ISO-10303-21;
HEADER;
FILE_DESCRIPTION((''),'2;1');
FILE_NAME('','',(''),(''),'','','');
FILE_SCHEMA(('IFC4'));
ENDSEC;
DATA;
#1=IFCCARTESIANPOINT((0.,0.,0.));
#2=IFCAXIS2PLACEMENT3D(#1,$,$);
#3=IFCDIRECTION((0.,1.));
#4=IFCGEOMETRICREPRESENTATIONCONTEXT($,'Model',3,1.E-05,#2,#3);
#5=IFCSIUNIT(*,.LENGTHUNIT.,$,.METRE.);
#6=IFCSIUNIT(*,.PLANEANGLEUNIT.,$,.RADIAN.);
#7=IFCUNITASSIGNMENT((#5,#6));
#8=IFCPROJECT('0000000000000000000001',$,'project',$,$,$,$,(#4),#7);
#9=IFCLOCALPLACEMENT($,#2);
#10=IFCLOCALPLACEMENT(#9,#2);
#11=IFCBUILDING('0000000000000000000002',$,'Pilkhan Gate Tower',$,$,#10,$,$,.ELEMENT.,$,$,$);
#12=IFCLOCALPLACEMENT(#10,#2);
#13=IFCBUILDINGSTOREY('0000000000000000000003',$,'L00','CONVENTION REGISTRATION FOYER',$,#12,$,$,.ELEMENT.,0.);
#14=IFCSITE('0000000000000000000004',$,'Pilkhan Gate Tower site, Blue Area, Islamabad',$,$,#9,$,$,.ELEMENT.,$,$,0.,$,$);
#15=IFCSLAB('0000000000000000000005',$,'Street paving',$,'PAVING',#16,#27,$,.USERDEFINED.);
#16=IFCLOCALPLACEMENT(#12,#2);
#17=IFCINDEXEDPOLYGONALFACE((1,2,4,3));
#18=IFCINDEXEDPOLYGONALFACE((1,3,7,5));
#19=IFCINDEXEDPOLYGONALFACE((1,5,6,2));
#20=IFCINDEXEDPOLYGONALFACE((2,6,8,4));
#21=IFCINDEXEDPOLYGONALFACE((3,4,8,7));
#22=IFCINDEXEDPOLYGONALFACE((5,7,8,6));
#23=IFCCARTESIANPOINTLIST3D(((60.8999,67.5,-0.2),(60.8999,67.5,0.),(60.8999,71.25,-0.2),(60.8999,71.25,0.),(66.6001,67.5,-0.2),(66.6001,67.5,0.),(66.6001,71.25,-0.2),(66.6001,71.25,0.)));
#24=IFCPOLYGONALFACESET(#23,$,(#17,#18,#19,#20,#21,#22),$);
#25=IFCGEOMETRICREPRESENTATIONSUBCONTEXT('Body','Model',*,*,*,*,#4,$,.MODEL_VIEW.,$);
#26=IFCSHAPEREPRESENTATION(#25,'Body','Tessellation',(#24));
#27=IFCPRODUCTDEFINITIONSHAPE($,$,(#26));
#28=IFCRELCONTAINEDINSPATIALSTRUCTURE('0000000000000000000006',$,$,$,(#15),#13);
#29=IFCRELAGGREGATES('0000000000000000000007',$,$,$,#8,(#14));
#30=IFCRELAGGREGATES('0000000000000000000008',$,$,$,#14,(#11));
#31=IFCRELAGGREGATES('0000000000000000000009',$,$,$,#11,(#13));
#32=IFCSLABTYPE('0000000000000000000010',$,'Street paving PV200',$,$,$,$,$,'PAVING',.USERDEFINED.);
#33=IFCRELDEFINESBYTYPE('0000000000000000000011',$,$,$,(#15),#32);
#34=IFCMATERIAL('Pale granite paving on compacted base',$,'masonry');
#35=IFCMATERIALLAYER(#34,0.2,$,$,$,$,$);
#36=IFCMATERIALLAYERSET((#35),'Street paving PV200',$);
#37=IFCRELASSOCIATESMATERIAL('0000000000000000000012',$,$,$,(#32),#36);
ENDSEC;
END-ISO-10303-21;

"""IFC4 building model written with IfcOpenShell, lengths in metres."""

from ifc_helpers import new_model, si_unit, direction, frame, origin, place, context, subcontext, project, spatial, polyline, outline, extrude, material, layer, layer_set, type_object, element, save


model = new_model("IFC4")

# Units and contexts
model_context = context("Model", 3, precision=1e-05, world=origin(), true_north=direction((0.0, 1.0)))
body_context = subcontext(model_context, "Body", "Model", "MODEL_VIEW")
ifc_project = project(units=[si_unit("LENGTHUNIT", "METRE"), si_unit("PLANEANGLEUNIT", "RADIAN")], contexts=[model_context])

# Site, building, storey
site_placement = place(None, origin())
site = spatial("IfcSite", under=ifc_project, at=site_placement, Name="Pilkhan Gate Tower site, Blue Area, Islamabad", CompositionType="ELEMENT", RefElevation=0.0)
building_placement = place(site_placement, origin())
building = spatial("IfcBuilding", under=site, at=building_placement, Name="Pilkhan Gate Tower", CompositionType="ELEMENT")
storey_placement = place(building_placement, origin())
storey = spatial("IfcBuildingStorey", under=building, at=storey_placement, Name="L00", Description="CONVENTION REGISTRATION FOYER", CompositionType="ELEMENT", Elevation=0.0)

# Slab
ifc_material_1 = material(Name="Pale granite paving on compacted base", Category="masonry")
ifc_layer_1 = layer(ifc_material_1, 0.2)
ifc_layer_set_1 = layer_set([ifc_layer_1], Name="Street paving PV200")
slab_type_1 = type_object("IfcSlabType", Name="Street paving PV200", ElementType="PAVING", PredefinedType="USERDEFINED", material=ifc_layer_set_1)
slab_1_placement = place(storey_placement, frame((0.0, 0.0, -0.2)))
element("IfcSlab", 1, at=slab_1_placement, inside=storey, type_object=slab_type_1, Name="Street paving", ObjectType="PAVING", PredefinedType="USERDEFINED", context=body_context, shape_type="SweptSolid", body=[
    extrude(outline(polyline([(66.6001, 67.5), (60.8999, 67.5), (60.8999, 71.25), (66.6001, 71.25), (66.6001, 67.5)])), origin(), (0.0, 0.0, 1.0), 0.2),
])

save(model, "model.ifc")
